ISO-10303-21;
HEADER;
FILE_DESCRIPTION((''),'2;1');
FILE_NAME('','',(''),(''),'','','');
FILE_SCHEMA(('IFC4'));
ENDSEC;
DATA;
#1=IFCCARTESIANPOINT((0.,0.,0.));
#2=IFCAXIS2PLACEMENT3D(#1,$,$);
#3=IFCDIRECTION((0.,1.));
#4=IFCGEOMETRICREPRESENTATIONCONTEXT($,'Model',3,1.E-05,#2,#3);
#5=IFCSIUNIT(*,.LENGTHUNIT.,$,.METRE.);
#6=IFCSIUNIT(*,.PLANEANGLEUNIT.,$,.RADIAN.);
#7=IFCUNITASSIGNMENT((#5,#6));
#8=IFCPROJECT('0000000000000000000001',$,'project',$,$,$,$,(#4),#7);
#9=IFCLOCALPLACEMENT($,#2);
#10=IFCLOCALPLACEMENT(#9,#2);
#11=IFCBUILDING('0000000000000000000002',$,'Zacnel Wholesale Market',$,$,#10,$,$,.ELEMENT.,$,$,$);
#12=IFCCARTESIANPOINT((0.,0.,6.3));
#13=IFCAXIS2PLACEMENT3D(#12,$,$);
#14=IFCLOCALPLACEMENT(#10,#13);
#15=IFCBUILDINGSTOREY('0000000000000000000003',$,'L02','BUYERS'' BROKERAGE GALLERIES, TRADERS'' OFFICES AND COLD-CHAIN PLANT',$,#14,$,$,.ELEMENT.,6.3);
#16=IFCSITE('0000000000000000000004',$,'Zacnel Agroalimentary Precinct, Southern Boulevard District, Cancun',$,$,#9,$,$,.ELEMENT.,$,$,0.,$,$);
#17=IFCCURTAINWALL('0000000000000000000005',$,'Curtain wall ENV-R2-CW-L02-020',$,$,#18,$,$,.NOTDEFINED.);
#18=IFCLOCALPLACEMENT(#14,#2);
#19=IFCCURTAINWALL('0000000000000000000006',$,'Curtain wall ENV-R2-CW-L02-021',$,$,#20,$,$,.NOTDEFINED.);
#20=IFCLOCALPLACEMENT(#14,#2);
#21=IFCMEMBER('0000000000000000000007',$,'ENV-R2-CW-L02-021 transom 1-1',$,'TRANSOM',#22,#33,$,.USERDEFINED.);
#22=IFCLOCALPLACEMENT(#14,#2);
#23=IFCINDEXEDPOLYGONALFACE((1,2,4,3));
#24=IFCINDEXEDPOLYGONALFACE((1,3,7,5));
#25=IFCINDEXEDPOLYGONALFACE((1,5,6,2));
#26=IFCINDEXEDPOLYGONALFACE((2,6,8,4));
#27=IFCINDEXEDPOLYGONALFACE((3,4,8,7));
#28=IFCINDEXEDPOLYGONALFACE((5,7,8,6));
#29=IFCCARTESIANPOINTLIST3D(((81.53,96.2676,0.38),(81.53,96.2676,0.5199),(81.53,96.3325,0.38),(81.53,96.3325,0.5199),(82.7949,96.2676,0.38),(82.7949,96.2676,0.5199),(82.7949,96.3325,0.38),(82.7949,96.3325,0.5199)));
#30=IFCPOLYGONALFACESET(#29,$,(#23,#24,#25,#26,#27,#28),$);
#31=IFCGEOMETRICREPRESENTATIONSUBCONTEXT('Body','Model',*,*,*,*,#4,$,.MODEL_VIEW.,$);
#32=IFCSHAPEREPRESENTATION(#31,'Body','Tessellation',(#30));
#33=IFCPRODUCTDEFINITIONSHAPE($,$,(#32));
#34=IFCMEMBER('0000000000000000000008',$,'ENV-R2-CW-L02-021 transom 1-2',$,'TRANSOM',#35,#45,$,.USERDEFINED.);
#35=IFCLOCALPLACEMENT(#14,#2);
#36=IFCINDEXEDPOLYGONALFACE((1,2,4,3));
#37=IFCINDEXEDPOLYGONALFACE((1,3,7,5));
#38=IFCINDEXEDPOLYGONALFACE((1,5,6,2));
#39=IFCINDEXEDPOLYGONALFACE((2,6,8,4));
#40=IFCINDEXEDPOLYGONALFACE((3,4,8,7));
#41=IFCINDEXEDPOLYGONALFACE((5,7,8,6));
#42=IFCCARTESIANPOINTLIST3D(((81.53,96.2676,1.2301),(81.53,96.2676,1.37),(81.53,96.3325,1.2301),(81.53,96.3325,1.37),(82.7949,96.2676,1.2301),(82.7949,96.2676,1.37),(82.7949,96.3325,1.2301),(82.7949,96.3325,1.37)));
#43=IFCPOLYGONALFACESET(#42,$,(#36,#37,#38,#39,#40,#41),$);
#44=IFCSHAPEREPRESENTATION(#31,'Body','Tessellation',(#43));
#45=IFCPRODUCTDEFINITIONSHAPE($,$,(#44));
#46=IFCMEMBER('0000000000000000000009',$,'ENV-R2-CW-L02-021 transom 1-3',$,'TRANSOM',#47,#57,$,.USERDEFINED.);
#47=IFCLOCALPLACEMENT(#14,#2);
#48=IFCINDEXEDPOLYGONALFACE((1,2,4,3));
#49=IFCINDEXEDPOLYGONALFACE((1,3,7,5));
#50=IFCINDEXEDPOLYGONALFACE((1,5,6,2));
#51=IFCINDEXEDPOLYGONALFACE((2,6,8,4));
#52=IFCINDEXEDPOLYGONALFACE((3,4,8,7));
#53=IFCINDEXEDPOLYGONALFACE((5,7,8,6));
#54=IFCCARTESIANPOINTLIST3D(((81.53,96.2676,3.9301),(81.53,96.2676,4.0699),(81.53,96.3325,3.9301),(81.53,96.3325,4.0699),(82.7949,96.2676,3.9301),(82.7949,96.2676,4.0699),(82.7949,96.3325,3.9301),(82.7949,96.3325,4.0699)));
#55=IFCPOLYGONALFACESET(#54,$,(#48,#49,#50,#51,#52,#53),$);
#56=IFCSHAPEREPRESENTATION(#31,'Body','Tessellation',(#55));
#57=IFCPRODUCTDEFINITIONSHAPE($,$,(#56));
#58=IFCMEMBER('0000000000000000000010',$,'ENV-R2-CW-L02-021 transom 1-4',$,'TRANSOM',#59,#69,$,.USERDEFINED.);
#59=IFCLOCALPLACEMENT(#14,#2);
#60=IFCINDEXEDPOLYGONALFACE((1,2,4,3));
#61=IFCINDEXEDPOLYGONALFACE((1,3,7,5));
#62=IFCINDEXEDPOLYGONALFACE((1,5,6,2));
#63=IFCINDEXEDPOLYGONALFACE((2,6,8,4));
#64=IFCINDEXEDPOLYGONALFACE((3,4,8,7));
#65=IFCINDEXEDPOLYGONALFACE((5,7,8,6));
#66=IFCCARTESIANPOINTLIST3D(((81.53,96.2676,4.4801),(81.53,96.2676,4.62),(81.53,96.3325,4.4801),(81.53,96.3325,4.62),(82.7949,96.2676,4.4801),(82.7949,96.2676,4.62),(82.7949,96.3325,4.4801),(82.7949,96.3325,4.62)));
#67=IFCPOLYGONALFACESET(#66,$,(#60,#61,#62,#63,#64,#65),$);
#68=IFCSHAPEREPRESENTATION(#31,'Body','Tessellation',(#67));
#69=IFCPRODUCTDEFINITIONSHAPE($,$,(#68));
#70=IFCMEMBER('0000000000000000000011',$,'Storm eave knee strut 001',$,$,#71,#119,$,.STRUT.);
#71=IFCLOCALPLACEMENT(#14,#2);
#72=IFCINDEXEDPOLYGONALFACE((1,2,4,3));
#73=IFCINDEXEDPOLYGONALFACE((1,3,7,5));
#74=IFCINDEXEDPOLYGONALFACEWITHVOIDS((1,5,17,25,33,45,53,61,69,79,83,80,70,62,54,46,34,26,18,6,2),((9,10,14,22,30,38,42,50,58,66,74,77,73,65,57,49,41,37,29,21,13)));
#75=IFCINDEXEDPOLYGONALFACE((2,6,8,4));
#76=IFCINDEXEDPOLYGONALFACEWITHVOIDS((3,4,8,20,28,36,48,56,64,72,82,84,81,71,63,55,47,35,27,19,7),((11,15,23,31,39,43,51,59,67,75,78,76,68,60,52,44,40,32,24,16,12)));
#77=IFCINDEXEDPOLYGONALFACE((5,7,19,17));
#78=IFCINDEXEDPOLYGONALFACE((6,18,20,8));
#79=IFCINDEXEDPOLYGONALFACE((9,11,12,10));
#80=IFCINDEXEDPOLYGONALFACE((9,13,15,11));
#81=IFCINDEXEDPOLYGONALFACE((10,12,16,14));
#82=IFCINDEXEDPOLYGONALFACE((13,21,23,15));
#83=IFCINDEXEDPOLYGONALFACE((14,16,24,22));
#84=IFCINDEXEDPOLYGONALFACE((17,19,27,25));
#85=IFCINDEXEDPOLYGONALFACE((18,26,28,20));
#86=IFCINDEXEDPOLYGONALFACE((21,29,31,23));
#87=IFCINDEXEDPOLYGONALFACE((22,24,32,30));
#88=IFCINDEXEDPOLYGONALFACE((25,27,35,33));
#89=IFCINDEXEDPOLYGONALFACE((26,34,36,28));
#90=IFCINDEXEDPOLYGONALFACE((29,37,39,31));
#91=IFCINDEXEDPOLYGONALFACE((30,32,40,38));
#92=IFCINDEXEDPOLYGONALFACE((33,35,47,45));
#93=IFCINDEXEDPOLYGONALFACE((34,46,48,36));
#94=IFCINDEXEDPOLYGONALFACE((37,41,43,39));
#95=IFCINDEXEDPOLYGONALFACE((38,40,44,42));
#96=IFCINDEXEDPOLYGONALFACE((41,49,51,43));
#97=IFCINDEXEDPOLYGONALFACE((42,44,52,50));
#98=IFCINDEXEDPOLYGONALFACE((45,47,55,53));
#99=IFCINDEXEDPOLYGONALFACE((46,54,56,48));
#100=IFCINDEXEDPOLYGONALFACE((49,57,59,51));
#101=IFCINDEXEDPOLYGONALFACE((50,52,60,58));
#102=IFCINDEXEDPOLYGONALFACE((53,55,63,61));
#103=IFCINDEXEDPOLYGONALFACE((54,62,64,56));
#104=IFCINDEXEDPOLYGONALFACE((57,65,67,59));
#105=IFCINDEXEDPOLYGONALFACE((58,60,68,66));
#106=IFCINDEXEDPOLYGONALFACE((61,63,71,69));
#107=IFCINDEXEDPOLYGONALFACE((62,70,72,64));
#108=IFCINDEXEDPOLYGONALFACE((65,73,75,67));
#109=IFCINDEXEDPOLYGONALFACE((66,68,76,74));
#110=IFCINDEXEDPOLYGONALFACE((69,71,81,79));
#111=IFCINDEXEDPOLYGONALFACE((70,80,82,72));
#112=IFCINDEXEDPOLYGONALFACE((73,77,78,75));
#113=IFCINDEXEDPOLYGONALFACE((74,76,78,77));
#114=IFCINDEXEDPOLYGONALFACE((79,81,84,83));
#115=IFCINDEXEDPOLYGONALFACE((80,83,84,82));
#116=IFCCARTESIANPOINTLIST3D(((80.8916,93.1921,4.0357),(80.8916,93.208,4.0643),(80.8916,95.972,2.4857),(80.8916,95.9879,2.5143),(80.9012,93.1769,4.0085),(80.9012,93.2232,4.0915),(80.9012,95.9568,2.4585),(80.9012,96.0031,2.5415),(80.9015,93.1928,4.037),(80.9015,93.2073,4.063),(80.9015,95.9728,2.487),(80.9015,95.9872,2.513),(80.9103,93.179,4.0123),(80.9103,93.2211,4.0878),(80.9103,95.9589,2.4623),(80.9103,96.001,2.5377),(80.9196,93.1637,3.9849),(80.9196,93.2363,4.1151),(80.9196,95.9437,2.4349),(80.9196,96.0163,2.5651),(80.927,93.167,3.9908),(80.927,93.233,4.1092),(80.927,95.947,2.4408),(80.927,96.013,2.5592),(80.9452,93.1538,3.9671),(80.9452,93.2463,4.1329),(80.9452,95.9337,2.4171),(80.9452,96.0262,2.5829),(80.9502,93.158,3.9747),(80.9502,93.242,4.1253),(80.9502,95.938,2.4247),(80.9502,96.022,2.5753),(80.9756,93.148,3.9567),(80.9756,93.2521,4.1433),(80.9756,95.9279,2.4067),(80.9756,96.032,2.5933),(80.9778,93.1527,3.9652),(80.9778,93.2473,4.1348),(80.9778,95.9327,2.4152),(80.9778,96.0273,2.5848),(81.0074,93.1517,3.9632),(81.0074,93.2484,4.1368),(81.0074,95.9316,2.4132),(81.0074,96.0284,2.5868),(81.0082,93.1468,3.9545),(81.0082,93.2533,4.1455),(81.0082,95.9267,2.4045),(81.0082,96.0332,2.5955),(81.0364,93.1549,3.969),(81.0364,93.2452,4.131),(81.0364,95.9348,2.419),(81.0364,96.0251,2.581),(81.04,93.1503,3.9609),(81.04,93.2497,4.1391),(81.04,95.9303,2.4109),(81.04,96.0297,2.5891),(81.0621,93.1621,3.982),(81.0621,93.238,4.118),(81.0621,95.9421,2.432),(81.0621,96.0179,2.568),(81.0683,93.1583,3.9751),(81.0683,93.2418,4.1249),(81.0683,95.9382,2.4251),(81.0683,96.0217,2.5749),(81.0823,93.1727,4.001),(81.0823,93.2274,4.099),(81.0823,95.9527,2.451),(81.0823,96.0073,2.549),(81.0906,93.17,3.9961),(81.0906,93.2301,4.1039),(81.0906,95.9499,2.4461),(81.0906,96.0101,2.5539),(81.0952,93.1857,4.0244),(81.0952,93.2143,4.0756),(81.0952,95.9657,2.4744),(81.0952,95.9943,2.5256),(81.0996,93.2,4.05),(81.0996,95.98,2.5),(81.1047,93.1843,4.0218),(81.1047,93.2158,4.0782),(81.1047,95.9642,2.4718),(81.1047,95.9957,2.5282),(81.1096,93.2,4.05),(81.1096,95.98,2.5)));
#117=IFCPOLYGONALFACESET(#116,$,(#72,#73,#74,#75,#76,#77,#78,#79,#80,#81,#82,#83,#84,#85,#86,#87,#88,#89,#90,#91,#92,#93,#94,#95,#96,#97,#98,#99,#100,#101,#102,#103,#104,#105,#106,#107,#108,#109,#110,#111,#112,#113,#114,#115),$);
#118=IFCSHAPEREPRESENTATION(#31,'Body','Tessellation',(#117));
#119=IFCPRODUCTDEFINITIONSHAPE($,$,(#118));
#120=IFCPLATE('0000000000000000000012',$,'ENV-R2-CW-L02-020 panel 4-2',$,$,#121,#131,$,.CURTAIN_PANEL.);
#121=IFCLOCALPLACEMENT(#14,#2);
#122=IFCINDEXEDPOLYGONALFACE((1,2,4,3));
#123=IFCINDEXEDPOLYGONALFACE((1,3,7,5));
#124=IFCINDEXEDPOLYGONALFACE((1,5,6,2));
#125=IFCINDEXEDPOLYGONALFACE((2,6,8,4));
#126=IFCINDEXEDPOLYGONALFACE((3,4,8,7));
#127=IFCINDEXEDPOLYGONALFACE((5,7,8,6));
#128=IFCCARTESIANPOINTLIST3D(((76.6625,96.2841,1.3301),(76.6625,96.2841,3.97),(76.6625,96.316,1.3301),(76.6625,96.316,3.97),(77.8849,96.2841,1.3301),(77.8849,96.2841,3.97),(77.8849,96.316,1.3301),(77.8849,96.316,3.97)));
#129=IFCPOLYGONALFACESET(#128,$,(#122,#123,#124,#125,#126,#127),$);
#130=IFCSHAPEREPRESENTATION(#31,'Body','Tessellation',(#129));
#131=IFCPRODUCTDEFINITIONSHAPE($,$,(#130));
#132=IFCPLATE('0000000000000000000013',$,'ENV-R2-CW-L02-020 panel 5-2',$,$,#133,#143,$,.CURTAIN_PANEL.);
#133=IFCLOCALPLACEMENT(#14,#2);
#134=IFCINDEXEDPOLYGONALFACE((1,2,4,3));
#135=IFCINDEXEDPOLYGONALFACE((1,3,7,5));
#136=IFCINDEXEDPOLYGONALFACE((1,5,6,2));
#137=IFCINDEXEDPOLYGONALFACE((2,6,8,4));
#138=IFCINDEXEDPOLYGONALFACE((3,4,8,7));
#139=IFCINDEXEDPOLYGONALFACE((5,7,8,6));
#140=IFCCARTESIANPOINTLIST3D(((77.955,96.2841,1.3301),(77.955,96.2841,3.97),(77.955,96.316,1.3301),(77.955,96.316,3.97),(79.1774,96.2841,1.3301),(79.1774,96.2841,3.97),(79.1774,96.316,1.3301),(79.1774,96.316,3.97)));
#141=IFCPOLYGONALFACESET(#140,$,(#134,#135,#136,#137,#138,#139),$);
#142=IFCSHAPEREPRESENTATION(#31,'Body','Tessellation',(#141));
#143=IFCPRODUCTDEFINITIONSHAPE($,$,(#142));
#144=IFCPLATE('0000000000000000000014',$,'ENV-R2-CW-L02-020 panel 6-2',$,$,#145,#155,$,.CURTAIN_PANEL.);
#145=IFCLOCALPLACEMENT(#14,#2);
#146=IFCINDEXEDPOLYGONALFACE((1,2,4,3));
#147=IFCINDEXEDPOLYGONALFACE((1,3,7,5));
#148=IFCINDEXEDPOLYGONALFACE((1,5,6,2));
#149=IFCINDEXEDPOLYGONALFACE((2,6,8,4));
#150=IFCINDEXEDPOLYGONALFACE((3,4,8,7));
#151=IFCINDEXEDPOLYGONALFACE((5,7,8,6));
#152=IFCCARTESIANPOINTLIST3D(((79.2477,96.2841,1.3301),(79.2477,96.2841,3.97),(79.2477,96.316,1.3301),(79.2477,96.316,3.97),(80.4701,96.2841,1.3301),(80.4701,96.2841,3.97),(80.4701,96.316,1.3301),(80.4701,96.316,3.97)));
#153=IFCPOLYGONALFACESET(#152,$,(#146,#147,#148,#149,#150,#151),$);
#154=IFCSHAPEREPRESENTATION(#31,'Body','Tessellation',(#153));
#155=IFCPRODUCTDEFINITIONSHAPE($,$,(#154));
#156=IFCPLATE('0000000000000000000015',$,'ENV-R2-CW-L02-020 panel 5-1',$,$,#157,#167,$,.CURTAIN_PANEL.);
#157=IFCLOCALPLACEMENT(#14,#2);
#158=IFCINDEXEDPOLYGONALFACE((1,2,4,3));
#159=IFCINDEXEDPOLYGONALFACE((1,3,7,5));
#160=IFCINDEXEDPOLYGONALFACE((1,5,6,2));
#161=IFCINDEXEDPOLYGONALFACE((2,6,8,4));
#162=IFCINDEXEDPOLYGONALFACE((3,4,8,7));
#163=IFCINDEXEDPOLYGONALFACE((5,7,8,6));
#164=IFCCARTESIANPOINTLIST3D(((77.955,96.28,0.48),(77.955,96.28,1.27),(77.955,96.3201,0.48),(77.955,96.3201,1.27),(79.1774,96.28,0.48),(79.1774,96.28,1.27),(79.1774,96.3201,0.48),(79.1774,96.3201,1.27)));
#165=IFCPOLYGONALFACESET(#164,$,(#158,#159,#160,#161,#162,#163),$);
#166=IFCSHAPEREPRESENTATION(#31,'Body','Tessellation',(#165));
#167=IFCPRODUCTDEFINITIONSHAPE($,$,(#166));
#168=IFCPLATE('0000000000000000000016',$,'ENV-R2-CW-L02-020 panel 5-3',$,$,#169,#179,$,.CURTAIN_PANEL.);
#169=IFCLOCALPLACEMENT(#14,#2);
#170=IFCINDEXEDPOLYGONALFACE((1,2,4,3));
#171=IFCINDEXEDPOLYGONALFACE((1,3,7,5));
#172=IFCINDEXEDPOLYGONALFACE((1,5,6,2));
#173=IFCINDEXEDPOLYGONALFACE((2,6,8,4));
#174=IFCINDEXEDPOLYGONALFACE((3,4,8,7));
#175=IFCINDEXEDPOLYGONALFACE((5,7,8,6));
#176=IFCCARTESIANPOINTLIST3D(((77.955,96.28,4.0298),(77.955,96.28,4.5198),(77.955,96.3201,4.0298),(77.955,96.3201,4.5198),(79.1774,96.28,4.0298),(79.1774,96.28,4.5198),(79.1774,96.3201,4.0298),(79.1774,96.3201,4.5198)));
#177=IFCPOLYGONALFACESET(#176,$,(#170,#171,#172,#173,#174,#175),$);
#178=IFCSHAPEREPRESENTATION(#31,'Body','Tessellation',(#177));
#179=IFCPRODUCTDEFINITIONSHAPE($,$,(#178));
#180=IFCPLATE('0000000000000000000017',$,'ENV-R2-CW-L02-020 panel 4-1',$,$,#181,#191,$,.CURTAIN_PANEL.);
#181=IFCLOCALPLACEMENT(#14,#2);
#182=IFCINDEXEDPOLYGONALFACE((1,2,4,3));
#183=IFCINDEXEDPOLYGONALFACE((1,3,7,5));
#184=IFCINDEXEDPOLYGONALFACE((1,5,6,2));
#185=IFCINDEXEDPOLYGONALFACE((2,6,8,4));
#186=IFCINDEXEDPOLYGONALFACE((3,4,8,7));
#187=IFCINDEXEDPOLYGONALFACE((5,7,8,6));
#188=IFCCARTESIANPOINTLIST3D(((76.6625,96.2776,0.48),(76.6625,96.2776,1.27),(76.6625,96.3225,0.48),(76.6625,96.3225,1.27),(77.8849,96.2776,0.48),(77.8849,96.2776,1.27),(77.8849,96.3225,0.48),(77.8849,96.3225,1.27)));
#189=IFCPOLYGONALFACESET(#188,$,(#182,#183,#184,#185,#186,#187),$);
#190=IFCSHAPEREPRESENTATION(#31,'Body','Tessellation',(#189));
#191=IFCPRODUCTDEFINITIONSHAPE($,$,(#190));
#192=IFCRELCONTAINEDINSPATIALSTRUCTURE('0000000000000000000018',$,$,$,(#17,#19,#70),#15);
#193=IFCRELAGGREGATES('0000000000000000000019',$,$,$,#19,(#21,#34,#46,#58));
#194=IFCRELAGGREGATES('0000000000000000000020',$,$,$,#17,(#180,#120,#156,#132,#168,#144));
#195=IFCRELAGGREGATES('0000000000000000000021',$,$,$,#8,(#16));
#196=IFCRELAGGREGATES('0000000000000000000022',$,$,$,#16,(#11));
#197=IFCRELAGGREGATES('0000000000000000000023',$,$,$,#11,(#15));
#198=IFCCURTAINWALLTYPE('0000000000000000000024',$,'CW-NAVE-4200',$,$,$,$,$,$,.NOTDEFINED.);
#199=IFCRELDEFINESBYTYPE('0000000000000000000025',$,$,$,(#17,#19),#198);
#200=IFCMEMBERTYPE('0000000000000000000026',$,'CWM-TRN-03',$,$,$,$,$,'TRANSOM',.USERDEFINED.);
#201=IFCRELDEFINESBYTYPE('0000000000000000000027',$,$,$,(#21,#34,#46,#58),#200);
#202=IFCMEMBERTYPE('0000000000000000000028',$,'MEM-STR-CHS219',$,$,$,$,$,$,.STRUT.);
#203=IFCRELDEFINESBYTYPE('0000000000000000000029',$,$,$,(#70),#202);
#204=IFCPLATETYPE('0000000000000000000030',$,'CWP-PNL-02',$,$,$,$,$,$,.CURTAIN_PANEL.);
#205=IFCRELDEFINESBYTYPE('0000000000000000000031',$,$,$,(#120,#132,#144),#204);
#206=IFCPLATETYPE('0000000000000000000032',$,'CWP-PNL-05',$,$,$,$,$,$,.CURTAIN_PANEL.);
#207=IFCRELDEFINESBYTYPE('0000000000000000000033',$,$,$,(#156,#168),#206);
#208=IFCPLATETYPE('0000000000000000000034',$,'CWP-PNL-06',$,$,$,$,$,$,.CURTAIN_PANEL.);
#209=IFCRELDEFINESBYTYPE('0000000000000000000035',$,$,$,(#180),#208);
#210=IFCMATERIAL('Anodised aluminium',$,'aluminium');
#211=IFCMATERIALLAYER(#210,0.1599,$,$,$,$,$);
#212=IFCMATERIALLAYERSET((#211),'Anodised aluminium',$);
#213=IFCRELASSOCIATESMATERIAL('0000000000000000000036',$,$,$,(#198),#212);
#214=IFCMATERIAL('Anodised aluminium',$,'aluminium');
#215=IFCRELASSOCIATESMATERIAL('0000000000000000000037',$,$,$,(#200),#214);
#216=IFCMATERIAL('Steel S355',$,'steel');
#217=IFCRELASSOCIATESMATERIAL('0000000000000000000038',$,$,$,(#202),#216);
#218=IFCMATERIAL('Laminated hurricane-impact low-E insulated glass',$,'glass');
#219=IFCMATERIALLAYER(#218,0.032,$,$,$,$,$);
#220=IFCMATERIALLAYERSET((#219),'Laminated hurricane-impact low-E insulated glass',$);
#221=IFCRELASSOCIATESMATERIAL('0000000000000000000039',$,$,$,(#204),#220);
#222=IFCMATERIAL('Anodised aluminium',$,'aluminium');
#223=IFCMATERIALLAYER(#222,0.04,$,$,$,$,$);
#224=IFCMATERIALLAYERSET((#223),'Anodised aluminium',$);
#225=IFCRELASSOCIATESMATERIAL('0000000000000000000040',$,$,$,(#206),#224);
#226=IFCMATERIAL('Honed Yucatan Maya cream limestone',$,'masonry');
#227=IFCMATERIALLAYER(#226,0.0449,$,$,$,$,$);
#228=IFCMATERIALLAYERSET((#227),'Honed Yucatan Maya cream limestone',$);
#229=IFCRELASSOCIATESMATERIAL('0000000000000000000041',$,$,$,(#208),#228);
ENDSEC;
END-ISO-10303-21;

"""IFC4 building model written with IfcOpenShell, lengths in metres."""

from ifc_helpers import new_model, si_unit, direction, frame, origin, origin_2d, place, context, subcontext, project, spatial, rectangle, hollow_circle, extrude, material, layer, layer_set, material_profile, profile_set, type_object, element, aggregate, save


model = new_model("IFC4")

# Units and contexts
model_context = context("Model", 3, precision=1e-05, world=origin(), true_north=direction((0.0, 1.0)))
body_context = subcontext(model_context, "Body", "Model", "MODEL_VIEW")
ifc_project = project(units=[si_unit("LENGTHUNIT", "METRE"), si_unit("PLANEANGLEUNIT", "RADIAN")], contexts=[model_context])

# Site, building, storey
site_placement = place(None, origin())
site = spatial("IfcSite", under=ifc_project, at=site_placement, Name="Zacnel Agroalimentary Precinct, Southern Boulevard District, Cancun", CompositionType="ELEMENT", RefElevation=0.0)
building_placement = place(site_placement, origin())
building = spatial("IfcBuilding", under=site, at=building_placement, Name="Zacnel Wholesale Market", CompositionType="ELEMENT")
storey_placement = place(building_placement, frame((0.0, 0.0, 6.3)))
storey = spatial("IfcBuildingStorey", under=building, at=storey_placement, Name="L02", Description="BUYERS' BROKERAGE GALLERIES, TRADERS' OFFICES AND COLD-CHAIN PLANT", CompositionType="ELEMENT", Elevation=6.3)

# Curtain wall
ifc_material_1 = material(Name="Anodised aluminium", Category="aluminium")
ifc_layer_1 = layer(ifc_material_1, 0.1599)
ifc_layer_set_1 = layer_set([ifc_layer_1], Name="Anodised aluminium")
curtain_wall_type = type_object("IfcCurtainWallType", Name="CW-NAVE-4200", PredefinedType="NOTDEFINED", material=ifc_layer_set_1)
curtain_wall_1_placement = place(storey_placement, origin())
curtain_wall_1 = element("IfcCurtainWall", 1, at=curtain_wall_1_placement, inside=storey, type_object=curtain_wall_type, Name="Curtain wall ENV-R2-CW-L02-020", PredefinedType="NOTDEFINED")

# Curtain wall
curtain_wall_2_placement = place(storey_placement, origin())
curtain_wall_2 = element("IfcCurtainWall", 2, at=curtain_wall_2_placement, inside=storey, type_object=curtain_wall_type, Name="Curtain wall ENV-R2-CW-L02-021", PredefinedType="NOTDEFINED")

# Members
ifc_material_2 = material(Name="Anodised aluminium", Category="aluminium")
ifc_material_profile_1 = material_profile(ifc_material_2, rectangle(XDim=0.0649, YDim=0.1399, at=origin_2d()), Name="AW-TRANSOM 65x140")
ifc_profile_set_1 = profile_set([ifc_material_profile_1], Name="Anodised aluminium")
member_type_1 = type_object("IfcMemberType", Name="CWM-TRN-03", ElementType="TRANSOM", PredefinedType="USERDEFINED", material=ifc_profile_set_1)
member_1_placement = place(storey_placement, frame((81.53, 96.3, 0.45), z_axis=(1.0, 0.0, 0.0), x_axis=(0.0, 1.0, 0.0)))
member_1 = element("IfcMember", 3, at=member_1_placement, type_object=member_type_1, Name="ENV-R2-CW-L02-021 transom 1-1", ObjectType="TRANSOM", PredefinedType="USERDEFINED", context=body_context, shape_type="SweptSolid", body=[
    extrude(rectangle(XDim=0.0649, YDim=0.1399, at=origin_2d()), origin(), (0.0, 0.0, 1.0), 1.2649),
])
member_2_placement = place(storey_placement, frame((81.53, 96.3, 1.3), z_axis=(1.0, 0.0, 0.0), x_axis=(0.0, 1.0, 0.0)))
member_2 = element("IfcMember", 4, at=member_2_placement, type_object=member_type_1, Name="ENV-R2-CW-L02-021 transom 1-2", ObjectType="TRANSOM", PredefinedType="USERDEFINED", context=body_context, shape_type="SweptSolid", body=[
    extrude(rectangle(XDim=0.0649, YDim=0.1399, at=origin_2d()), origin(), (0.0, 0.0, 1.0), 1.2649),
])
member_3_placement = place(storey_placement, frame((81.53, 96.3, 4.0), z_axis=(1.0, 0.0, 0.0), x_axis=(0.0, 1.0, 0.0)))
member_3 = element("IfcMember", 5, at=member_3_placement, type_object=member_type_1, Name="ENV-R2-CW-L02-021 transom 1-3", ObjectType="TRANSOM", PredefinedType="USERDEFINED", context=body_context, shape_type="SweptSolid", body=[
    extrude(rectangle(XDim=0.0649, YDim=0.1399, at=origin_2d()), origin(), (0.0, 0.0, 1.0), 1.2649),
])
member_4_placement = place(storey_placement, frame((81.53, 96.3, 4.55), z_axis=(1.0, 0.0, 0.0), x_axis=(0.0, 1.0, 0.0)))
member_4 = element("IfcMember", 6, at=member_4_placement, type_object=member_type_1, Name="ENV-R2-CW-L02-021 transom 1-4", ObjectType="TRANSOM", PredefinedType="USERDEFINED", context=body_context, shape_type="SweptSolid", body=[
    extrude(rectangle(XDim=0.0649, YDim=0.1399, at=origin_2d()), origin(), (0.0, 0.0, 1.0), 1.2649),
])
aggregate(curtain_wall_2, [member_1, member_2, member_3, member_4])
ifc_material_3 = material(Name="Steel S355", Category="steel")
ifc_material_profile_2 = material_profile(ifc_material_3, hollow_circle(Radius=0.1096, WallThickness=0.01, at=origin_2d()), Name="CHS 219.1x10")
ifc_profile_set_2 = profile_set([ifc_material_profile_2], Name="Steel S355")
member_type_2 = type_object("IfcMemberType", Name="MEM-STR-CHS219", PredefinedType="STRUT", material=ifc_profile_set_2)
member_5_placement = place(storey_placement, frame((81.0, 95.98, 2.5), z_axis=(0.0, -0.873411, 0.486984), x_axis=(1.0, 0.0, 0.0)))
element("IfcMember", 7, at=member_5_placement, inside=storey, type_object=member_type_2, Name="Storm eave knee strut 001", PredefinedType="STRUT", context=body_context, shape_type="SweptSolid", body=[
    extrude(hollow_circle(Radius=0.1096, WallThickness=0.01, at=origin_2d()), origin(), (0.0, 0.0, 1.0), 3.1829),
])

# Plates
ifc_material_4 = material(Name="Laminated hurricane-impact low-E insulated glass", Category="glass")
ifc_layer_2 = layer(ifc_material_4, 0.032)
ifc_layer_set_2 = layer_set([ifc_layer_2], Name="Laminated hurricane-impact low-E insulated glass")
plate_type_1 = type_object("IfcPlateType", Name="CWP-PNL-02", PredefinedType="CURTAIN_PANEL", material=ifc_layer_set_2)
plate_1_placement = place(storey_placement, frame((77.2737, 96.3, 1.3301), z_axis=(0.0, 0.0, 1.0), x_axis=(1.0, 0.0, 0.0)))
plate_1 = element("IfcPlate", 8, at=plate_1_placement, type_object=plate_type_1, Name="ENV-R2-CW-L02-020 panel 4-2", PredefinedType="CURTAIN_PANEL", context=body_context, shape_type="SweptSolid", body=[
    extrude(rectangle(XDim=1.2224, YDim=0.032, at=origin_2d()), origin(), (0.0, 0.0, 1.0), 2.6399),
])
plate_2_placement = place(storey_placement, frame((78.5662, 96.3, 1.3301), z_axis=(0.0, 0.0, 1.0), x_axis=(1.0, 0.0, 0.0)))
plate_2 = element("IfcPlate", 9, at=plate_2_placement, type_object=plate_type_1, Name="ENV-R2-CW-L02-020 panel 5-2", PredefinedType="CURTAIN_PANEL", context=body_context, shape_type="SweptSolid", body=[
    extrude(rectangle(XDim=1.2224, YDim=0.032, at=origin_2d()), origin(), (0.0, 0.0, 1.0), 2.6399),
])
plate_3_placement = place(storey_placement, frame((79.8589, 96.3, 1.3301), z_axis=(0.0, 0.0, 1.0), x_axis=(1.0, 0.0, 0.0)))
plate_3 = element("IfcPlate", 10, at=plate_3_placement, type_object=plate_type_1, Name="ENV-R2-CW-L02-020 panel 6-2", PredefinedType="CURTAIN_PANEL", context=body_context, shape_type="SweptSolid", body=[
    extrude(rectangle(XDim=1.2224, YDim=0.032, at=origin_2d()), origin(), (0.0, 0.0, 1.0), 2.6399),
])
ifc_material_5 = material(Name="Anodised aluminium", Category="aluminium")
ifc_layer_3 = layer(ifc_material_5, 0.04)
ifc_layer_set_3 = layer_set([ifc_layer_3], Name="Anodised aluminium")
plate_type_2 = type_object("IfcPlateType", Name="CWP-PNL-05", PredefinedType="CURTAIN_PANEL", material=ifc_layer_set_3)
plate_4_placement = place(storey_placement, frame((78.5662, 96.3, 0.48), z_axis=(0.0, 0.0, 1.0), x_axis=(1.0, 0.0, 0.0)))
plate_4 = element("IfcPlate", 11, at=plate_4_placement, type_object=plate_type_2, Name="ENV-R2-CW-L02-020 panel 5-1", PredefinedType="CURTAIN_PANEL", context=body_context, shape_type="SweptSolid", body=[
    extrude(rectangle(XDim=1.2224, YDim=0.04, at=origin_2d()), origin(), (0.0, 0.0, 1.0), 0.79),
])
plate_5_placement = place(storey_placement, frame((78.5662, 96.3, 4.0298), z_axis=(0.0, 0.0, 1.0), x_axis=(1.0, 0.0, 0.0)))
plate_5 = element("IfcPlate", 12, at=plate_5_placement, type_object=plate_type_2, Name="ENV-R2-CW-L02-020 panel 5-3", PredefinedType="CURTAIN_PANEL", context=body_context, shape_type="SweptSolid", body=[
    extrude(rectangle(XDim=1.2224, YDim=0.04, at=origin_2d()), origin(), (0.0, 0.0, 1.0), 0.49),
])
ifc_material_6 = material(Name="Honed Yucatan Maya cream limestone", Category="masonry")
ifc_layer_4 = layer(ifc_material_6, 0.0449)
ifc_layer_set_4 = layer_set([ifc_layer_4], Name="Honed Yucatan Maya cream limestone")
plate_type_3 = type_object("IfcPlateType", Name="CWP-PNL-06", PredefinedType="CURTAIN_PANEL", material=ifc_layer_set_4)
plate_6_placement = place(storey_placement, frame((77.2737, 96.3, 0.48), z_axis=(0.0, 0.0, 1.0), x_axis=(1.0, 0.0, 0.0)))
plate_6 = element("IfcPlate", 13, at=plate_6_placement, type_object=plate_type_3, Name="ENV-R2-CW-L02-020 panel 4-1", PredefinedType="CURTAIN_PANEL", context=body_context, shape_type="SweptSolid", body=[
    extrude(rectangle(XDim=1.2224, YDim=0.0449, at=origin_2d()), origin(), (0.0, 0.0, 1.0), 0.79),
])
aggregate(curtain_wall_1, [plate_6, plate_1, plate_4, plate_2, plate_5, plate_3])

save(model, "model.ifc")
